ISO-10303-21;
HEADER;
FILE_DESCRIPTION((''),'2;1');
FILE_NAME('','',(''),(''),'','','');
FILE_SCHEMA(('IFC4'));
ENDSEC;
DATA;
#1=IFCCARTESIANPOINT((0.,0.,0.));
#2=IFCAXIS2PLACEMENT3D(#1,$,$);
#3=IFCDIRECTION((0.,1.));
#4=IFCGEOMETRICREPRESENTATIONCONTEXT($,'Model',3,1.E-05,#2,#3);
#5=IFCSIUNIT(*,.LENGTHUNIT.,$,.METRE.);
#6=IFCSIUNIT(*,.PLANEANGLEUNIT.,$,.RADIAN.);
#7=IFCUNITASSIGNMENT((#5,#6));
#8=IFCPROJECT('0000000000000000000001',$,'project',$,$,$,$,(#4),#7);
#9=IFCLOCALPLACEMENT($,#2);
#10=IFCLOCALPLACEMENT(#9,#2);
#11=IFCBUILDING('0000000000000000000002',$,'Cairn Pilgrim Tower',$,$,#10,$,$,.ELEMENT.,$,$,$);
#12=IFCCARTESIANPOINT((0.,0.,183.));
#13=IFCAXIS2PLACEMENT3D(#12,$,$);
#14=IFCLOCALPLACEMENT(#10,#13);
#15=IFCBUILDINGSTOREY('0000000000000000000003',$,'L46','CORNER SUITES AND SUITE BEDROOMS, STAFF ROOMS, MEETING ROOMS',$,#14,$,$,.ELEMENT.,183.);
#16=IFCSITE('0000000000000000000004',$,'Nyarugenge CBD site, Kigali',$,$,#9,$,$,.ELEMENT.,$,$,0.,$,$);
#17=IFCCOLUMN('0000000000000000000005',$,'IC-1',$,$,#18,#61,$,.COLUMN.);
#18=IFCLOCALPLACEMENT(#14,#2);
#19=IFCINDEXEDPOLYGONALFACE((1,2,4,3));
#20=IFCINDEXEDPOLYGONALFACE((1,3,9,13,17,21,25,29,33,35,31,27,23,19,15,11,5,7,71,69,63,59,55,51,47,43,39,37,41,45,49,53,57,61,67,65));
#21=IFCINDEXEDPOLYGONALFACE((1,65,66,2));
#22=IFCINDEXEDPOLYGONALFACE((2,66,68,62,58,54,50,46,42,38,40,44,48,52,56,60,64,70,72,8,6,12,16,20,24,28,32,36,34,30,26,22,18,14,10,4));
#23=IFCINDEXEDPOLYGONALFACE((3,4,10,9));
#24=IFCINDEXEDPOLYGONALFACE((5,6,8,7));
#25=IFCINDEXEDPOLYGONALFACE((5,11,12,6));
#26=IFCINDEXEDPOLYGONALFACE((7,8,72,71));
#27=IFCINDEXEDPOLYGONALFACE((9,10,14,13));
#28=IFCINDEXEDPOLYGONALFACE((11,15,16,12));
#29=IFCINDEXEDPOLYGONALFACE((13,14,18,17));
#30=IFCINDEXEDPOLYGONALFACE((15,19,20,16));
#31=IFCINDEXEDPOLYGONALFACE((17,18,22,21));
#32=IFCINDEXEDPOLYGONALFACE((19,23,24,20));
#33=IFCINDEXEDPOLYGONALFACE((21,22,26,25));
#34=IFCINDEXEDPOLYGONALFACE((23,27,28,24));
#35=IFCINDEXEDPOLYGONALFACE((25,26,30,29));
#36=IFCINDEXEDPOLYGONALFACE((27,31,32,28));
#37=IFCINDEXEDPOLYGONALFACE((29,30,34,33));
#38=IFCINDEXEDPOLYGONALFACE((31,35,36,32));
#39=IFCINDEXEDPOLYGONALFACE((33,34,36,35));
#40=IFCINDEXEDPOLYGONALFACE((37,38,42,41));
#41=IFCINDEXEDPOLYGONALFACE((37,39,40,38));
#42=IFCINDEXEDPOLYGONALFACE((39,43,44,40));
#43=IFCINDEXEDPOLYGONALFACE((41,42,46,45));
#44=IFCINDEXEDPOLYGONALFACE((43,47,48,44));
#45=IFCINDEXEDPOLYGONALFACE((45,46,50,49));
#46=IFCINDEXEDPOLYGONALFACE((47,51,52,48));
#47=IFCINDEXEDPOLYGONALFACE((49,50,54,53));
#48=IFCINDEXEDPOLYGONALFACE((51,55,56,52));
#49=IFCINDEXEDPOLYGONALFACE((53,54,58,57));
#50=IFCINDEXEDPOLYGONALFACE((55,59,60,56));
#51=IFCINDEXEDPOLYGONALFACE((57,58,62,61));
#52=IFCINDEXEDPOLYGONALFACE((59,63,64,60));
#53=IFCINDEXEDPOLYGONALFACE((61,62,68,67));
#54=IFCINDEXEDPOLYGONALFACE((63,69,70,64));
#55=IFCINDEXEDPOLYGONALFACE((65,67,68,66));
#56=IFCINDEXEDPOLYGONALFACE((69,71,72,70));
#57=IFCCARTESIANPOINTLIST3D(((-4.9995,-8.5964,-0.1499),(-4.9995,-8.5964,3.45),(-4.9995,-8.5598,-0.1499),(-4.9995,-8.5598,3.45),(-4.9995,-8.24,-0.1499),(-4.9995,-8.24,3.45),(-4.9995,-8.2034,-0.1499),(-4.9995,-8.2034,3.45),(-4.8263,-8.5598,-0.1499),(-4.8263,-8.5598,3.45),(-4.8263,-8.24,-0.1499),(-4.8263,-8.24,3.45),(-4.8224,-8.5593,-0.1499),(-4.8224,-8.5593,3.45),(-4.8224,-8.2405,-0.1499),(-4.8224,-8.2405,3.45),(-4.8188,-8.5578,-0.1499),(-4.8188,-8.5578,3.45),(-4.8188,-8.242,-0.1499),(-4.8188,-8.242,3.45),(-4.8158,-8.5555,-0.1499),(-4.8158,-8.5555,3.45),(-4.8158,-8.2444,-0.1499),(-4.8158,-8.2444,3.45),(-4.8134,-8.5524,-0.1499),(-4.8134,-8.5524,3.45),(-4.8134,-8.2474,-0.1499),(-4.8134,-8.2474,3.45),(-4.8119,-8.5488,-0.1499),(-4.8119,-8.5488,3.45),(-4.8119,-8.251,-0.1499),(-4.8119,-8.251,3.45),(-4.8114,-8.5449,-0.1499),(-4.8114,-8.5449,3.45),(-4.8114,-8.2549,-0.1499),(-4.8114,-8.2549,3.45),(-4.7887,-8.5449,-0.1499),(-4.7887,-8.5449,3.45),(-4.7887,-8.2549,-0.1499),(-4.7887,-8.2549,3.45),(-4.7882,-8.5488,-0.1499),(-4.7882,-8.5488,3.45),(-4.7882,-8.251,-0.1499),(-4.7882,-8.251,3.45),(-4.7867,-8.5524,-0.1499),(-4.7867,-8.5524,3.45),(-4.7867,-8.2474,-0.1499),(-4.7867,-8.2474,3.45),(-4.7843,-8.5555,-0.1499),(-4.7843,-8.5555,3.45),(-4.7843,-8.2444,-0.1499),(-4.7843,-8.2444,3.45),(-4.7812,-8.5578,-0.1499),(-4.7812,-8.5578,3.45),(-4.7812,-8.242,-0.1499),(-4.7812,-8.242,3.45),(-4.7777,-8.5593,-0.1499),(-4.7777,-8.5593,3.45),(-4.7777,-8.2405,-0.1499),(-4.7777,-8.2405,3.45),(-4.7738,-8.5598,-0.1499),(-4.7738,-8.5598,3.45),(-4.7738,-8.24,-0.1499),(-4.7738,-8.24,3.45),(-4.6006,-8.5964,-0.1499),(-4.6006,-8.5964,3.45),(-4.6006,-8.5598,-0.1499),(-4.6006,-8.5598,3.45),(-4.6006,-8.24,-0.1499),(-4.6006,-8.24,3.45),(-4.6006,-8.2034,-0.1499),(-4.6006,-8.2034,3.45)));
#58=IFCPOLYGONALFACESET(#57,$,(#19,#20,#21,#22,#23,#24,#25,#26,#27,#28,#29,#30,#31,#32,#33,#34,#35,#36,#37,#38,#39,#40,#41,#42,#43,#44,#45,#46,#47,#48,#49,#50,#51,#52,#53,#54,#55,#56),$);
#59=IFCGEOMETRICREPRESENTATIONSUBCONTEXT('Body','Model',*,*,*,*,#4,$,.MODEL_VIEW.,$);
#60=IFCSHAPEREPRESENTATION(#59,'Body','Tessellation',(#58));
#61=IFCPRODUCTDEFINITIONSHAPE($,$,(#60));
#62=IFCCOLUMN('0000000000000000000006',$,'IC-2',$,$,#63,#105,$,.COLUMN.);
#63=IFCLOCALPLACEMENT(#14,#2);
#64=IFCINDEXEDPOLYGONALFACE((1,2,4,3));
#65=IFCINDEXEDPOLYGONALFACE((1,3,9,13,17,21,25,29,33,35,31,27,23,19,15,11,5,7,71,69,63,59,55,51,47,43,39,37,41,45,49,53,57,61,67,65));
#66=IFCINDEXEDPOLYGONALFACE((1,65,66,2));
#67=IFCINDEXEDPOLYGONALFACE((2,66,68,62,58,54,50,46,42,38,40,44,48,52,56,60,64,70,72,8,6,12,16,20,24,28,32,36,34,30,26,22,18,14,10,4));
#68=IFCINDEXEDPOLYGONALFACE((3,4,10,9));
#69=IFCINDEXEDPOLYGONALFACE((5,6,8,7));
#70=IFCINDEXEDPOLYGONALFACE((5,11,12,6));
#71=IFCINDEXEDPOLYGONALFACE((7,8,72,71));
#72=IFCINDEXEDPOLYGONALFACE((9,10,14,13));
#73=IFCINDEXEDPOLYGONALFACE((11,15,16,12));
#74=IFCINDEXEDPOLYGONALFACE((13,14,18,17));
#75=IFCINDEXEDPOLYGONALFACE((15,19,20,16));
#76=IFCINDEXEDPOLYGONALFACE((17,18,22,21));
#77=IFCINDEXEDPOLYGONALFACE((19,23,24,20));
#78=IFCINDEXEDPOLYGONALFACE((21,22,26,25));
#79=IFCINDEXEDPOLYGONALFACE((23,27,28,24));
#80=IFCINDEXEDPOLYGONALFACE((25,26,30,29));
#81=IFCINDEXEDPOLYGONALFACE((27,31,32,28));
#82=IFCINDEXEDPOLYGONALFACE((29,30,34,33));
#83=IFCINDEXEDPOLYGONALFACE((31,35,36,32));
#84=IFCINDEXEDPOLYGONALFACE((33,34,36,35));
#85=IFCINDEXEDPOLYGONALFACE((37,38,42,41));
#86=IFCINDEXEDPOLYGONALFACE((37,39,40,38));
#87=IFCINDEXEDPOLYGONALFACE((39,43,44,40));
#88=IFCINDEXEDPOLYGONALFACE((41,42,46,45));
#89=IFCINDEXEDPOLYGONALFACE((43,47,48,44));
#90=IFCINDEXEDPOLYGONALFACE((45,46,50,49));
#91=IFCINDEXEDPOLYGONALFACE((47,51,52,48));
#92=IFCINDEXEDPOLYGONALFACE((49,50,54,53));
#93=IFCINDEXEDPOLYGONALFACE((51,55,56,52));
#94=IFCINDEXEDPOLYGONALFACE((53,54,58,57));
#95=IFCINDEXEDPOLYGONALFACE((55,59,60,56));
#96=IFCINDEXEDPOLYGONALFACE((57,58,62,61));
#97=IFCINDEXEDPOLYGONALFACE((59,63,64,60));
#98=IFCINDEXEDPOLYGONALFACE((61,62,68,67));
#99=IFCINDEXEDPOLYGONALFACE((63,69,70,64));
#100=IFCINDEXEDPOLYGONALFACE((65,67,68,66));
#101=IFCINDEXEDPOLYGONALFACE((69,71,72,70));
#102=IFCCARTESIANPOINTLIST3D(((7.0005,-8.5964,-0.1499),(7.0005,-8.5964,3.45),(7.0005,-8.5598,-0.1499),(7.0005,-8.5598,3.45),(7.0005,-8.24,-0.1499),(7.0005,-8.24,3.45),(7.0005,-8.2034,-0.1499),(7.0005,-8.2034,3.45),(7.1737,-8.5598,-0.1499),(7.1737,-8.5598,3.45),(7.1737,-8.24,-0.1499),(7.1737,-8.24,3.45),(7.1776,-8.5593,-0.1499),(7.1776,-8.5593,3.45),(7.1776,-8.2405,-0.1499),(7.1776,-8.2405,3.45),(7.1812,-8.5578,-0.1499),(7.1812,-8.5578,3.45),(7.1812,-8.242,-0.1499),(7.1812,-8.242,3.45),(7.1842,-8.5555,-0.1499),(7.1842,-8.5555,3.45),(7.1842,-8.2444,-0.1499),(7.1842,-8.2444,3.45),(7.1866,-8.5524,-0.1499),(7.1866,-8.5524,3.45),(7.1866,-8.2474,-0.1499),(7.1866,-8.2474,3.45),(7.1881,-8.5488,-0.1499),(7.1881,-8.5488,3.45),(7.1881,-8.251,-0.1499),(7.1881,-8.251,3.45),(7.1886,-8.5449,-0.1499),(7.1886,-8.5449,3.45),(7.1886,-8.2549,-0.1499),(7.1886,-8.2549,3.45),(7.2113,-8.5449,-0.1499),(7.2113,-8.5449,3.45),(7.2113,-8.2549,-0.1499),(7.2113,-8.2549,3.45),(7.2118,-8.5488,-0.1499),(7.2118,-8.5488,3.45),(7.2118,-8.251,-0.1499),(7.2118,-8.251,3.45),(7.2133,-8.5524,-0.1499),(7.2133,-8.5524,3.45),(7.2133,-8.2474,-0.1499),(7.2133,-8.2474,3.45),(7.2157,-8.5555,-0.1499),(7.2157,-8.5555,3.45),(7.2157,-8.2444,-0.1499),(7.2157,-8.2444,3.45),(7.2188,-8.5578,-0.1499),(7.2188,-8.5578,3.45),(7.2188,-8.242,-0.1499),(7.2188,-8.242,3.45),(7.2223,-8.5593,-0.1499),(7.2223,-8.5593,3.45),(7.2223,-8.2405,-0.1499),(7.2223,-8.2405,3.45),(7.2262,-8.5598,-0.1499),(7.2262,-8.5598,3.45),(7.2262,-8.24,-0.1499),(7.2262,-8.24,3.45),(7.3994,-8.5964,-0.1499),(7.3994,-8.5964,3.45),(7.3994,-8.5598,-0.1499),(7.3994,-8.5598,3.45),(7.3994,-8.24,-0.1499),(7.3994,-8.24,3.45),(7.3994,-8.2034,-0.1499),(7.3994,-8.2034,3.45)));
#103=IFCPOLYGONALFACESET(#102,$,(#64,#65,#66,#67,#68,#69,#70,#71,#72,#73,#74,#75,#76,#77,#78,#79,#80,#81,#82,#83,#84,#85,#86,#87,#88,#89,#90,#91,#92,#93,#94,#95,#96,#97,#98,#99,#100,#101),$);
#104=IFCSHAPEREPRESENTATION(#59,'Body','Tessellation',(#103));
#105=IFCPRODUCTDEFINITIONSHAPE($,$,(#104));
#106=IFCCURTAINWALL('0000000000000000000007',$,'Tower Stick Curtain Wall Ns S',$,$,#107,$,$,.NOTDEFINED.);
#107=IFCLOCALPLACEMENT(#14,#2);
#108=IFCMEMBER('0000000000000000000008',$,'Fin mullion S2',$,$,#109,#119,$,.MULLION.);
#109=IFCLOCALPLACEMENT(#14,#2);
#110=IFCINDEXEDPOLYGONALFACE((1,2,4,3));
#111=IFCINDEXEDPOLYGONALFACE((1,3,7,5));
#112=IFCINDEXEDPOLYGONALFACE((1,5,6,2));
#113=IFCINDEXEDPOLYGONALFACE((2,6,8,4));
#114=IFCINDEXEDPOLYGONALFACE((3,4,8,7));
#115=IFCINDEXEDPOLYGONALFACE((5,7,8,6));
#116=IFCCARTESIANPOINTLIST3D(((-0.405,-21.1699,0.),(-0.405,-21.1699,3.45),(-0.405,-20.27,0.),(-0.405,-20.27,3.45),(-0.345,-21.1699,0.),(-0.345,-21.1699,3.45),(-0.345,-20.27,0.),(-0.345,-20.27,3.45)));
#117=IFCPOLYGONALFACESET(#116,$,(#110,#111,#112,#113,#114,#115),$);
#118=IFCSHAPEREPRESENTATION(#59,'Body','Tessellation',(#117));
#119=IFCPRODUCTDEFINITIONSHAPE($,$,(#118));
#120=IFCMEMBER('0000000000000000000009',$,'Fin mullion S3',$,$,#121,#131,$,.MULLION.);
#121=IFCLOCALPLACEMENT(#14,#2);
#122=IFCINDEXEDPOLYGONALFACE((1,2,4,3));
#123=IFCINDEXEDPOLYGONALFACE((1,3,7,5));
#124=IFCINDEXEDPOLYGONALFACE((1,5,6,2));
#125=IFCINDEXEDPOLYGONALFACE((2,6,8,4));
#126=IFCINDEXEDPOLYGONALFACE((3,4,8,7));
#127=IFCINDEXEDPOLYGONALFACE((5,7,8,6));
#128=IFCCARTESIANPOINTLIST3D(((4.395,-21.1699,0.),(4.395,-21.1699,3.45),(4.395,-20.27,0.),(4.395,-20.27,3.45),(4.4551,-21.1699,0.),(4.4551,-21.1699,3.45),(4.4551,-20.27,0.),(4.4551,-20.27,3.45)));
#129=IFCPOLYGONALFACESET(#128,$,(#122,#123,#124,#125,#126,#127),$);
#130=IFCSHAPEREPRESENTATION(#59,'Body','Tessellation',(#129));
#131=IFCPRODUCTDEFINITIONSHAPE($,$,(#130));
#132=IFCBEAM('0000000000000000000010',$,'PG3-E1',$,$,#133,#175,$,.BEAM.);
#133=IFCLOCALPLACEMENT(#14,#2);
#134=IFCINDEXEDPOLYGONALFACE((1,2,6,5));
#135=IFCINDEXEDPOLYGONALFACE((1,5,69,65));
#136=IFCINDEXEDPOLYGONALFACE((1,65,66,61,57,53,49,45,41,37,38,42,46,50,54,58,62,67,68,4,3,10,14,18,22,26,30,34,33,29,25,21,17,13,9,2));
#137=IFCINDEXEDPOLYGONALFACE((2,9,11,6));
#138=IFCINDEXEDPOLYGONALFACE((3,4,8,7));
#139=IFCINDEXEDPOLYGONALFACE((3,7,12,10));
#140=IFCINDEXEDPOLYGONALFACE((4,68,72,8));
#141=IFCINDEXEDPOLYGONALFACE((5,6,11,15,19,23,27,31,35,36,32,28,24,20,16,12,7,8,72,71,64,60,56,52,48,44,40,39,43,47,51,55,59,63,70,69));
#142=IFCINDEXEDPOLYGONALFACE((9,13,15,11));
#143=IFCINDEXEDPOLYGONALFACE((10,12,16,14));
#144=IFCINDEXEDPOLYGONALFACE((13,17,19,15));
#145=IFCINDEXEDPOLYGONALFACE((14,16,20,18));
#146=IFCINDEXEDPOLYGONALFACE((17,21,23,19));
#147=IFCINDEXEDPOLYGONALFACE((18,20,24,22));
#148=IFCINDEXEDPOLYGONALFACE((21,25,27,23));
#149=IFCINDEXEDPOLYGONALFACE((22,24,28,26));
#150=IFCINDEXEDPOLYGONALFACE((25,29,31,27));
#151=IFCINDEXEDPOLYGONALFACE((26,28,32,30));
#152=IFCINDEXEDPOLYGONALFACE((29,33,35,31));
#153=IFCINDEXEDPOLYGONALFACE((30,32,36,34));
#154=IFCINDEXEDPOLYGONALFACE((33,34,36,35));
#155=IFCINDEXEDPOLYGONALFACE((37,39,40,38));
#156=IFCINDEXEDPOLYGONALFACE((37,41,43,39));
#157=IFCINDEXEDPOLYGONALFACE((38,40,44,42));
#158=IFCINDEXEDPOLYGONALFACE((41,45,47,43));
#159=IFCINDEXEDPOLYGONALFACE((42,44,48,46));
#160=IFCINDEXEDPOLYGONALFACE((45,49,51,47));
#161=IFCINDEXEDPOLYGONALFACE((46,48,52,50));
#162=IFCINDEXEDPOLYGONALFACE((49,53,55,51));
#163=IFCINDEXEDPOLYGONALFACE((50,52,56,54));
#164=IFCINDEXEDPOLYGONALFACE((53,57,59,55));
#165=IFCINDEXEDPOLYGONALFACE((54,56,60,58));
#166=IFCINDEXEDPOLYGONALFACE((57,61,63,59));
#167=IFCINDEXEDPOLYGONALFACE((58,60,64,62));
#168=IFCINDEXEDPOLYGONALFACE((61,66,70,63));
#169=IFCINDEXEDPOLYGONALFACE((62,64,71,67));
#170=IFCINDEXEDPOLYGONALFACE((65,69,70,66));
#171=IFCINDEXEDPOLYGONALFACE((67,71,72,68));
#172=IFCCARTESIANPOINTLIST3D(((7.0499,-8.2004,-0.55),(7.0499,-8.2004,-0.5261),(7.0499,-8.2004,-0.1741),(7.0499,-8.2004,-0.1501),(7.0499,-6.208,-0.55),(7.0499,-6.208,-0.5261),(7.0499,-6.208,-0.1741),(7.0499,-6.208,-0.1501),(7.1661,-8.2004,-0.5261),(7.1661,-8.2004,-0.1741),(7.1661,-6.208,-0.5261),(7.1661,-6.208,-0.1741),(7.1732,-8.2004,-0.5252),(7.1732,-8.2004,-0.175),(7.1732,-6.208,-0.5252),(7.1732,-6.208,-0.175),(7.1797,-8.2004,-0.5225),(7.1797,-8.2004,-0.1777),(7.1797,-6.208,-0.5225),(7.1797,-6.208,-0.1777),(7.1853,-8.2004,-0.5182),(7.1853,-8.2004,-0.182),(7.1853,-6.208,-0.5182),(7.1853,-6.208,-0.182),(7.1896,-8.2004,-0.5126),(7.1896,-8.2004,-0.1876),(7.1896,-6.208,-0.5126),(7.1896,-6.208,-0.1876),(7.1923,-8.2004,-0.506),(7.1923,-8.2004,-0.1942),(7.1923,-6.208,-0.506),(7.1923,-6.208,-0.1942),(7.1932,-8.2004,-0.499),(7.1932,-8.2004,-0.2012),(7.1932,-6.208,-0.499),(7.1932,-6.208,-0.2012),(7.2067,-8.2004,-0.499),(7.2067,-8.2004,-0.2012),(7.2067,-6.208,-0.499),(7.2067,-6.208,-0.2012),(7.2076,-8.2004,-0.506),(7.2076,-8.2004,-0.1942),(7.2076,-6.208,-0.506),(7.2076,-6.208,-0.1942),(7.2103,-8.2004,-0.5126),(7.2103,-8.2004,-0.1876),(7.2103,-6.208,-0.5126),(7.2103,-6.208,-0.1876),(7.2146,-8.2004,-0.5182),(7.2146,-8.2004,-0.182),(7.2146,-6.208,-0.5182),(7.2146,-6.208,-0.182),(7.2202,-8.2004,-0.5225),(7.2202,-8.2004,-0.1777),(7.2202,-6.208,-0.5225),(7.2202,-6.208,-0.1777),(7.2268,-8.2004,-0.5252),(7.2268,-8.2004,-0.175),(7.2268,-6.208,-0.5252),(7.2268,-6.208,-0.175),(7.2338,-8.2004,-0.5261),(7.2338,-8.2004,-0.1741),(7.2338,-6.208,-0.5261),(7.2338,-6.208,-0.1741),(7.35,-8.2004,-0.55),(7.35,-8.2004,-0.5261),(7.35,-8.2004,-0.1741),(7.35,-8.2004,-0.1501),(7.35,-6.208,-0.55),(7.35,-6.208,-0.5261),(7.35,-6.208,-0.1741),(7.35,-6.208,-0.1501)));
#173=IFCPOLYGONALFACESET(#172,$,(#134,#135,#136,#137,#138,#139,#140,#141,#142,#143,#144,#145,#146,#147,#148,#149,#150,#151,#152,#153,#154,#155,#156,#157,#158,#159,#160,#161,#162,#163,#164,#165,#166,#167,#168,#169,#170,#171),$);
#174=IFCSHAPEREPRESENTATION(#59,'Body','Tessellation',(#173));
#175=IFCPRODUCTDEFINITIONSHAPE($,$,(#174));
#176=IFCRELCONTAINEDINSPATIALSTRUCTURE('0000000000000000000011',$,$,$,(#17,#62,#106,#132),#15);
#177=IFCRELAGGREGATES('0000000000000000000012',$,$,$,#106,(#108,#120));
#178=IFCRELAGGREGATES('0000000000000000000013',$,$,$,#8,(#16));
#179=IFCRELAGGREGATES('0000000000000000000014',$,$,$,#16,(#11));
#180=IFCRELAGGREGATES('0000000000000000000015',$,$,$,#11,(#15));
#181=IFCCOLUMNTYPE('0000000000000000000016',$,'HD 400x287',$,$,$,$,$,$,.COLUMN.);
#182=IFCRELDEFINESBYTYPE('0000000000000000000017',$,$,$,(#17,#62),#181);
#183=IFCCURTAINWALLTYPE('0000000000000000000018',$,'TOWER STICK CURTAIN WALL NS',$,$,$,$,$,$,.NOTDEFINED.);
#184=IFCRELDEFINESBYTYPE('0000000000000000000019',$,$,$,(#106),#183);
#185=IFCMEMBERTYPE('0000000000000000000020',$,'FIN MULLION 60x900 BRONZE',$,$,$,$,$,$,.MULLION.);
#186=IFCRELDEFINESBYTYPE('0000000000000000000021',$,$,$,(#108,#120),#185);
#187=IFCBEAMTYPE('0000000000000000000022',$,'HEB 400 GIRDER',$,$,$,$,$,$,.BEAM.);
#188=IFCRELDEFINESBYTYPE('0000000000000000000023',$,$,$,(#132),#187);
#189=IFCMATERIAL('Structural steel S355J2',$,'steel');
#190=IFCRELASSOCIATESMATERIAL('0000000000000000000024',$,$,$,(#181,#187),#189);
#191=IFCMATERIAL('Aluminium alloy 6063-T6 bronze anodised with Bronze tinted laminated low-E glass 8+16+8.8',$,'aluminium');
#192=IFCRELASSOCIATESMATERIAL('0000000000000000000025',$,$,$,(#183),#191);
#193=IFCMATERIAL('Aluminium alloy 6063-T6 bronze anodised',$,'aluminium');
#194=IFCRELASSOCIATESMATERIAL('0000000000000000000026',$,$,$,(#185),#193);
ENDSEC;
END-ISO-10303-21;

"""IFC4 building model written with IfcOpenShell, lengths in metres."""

from ifc_helpers import new_model, si_unit, direction, frame, origin, origin_2d, place, context, subcontext, project, spatial, rectangle, i_section, extrude, material, material_profile, profile_set, type_object, element, aggregate, save


model = new_model("IFC4")

# Units and contexts
model_context = context("Model", 3, precision=1e-05, world=origin(), true_north=direction((0.0, 1.0)))
body_context = subcontext(model_context, "Body", "Model", "MODEL_VIEW")
ifc_project = project(units=[si_unit("LENGTHUNIT", "METRE"), si_unit("PLANEANGLEUNIT", "RADIAN")], contexts=[model_context])

# Site, building, storey
site_placement = place(None, origin())
site = spatial("IfcSite", under=ifc_project, at=site_placement, Name="Nyarugenge CBD site, Kigali", CompositionType="ELEMENT", RefElevation=0.0)
building_placement = place(site_placement, origin())
building = spatial("IfcBuilding", under=site, at=building_placement, Name="Cairn Pilgrim Tower", CompositionType="ELEMENT")
storey_placement = place(building_placement, frame((0.0, 0.0, 183.0)))
storey = spatial("IfcBuildingStorey", under=building, at=storey_placement, Name="L46", Description="CORNER SUITES AND SUITE BEDROOMS, STAFF ROOMS, MEETING ROOMS", CompositionType="ELEMENT", Elevation=183.0)

# Columns
ifc_material_1 = material(Name="Structural steel S355J2", Category="steel")
ifc_material_profile_1 = material_profile(ifc_material_1, i_section(OverallWidth=0.3989, OverallDepth=0.3931, WebThickness=0.0227, FlangeThickness=0.0366, FilletRadius=0.0149, at=origin_2d()), Name="HD 400x287")
ifc_profile_set_1 = profile_set([ifc_material_profile_1], Name="Structural steel S355J2")
column_type_1 = type_object("IfcColumnType", Name="HD 400x287", PredefinedType="COLUMN", material=ifc_profile_set_1)
for number, where, z_axis, x_axis, name in (
    (1, (-4.8, -8.3999, -0.1499), (0.0, 0.0, 1.0), (1.0, 0.0, 0.0), "IC-1"),
    (2, (7.2, -8.3999, -0.1499), (0.0, 0.0, 1.0), (1.0, 0.0, 0.0), "IC-2"),
):
    element("IfcColumn", number, at=place(storey_placement, frame(where, z_axis=z_axis, x_axis=x_axis)), inside=storey, type_object=column_type_1, Name=name, PredefinedType="COLUMN", context=body_context, shape_type="SweptSolid", body=[
        extrude(i_section(OverallWidth=0.3989, OverallDepth=0.3931, WebThickness=0.0227, FlangeThickness=0.0366, FilletRadius=0.0149, at=origin_2d()), origin(), (0.0, 0.0, 1.0), 3.5999),
    ])

# Curtain wall, members
ifc_material_2 = material(Name="Aluminium alloy 6063-T6 bronze anodised with Bronze tinted laminated low-E glass 8+16+8.8", Category="aluminium")
curtain_wall_type = type_object("IfcCurtainWallType", Name="TOWER STICK CURTAIN WALL NS", PredefinedType="NOTDEFINED", material=ifc_material_2)
curtain_wall_placement = place(storey_placement, origin())
curtain_wall = element("IfcCurtainWall", 3, at=curtain_wall_placement, inside=storey, type_object=curtain_wall_type, Name="Tower Stick Curtain Wall Ns S", PredefinedType="NOTDEFINED")
ifc_material_3 = material(Name="Aluminium alloy 6063-T6 bronze anodised", Category="aluminium")
ifc_material_profile_2 = material_profile(ifc_material_3, rectangle(XDim=0.8999, YDim=0.0601, at=origin_2d()), Name="FIN MULLION 60x900 BRONZE")
ifc_profile_set_2 = profile_set([ifc_material_profile_2], Name="Aluminium alloy 6063-T6 bronze anodised")
member_type_1 = type_object("IfcMemberType", Name="FIN MULLION 60x900 BRONZE", PredefinedType="MULLION", material=ifc_profile_set_2)
member_1_placement = place(storey_placement, frame((-0.375, -20.72, 0.0), z_axis=(0.0, 0.0, 1.0), x_axis=(0.0, -1.0, 0.0)))
member_1 = element("IfcMember", 4, at=member_1_placement, type_object=member_type_1, Name="Fin mullion S2", PredefinedType="MULLION", context=body_context, shape_type="SweptSolid", body=[
    extrude(rectangle(XDim=0.8999, YDim=0.0601, at=origin_2d()), origin(), (0.0, 0.0, 1.0), 3.45),
])
member_2_placement = place(storey_placement, frame((4.425, -20.72, 0.0), z_axis=(0.0, 0.0, 1.0), x_axis=(0.0, -1.0, 0.0)))
member_2 = element("IfcMember", 5, at=member_2_placement, type_object=member_type_1, Name="Fin mullion S3", PredefinedType="MULLION", context=body_context, shape_type="SweptSolid", body=[
    extrude(rectangle(XDim=0.8999, YDim=0.0601, at=origin_2d()), origin(), (0.0, 0.0, 1.0), 3.45),
])

# Beam
ifc_material_profile_3 = material_profile(ifc_material_1, i_section(OverallWidth=0.3, OverallDepth=0.3999, WebThickness=0.0134, FlangeThickness=0.0239, FilletRadius=0.0271, at=origin_2d()), Name="HEB 400")
ifc_profile_set_3 = profile_set([ifc_material_profile_3], Name="Structural steel S355J2")
beam_type_1 = type_object("IfcBeamType", Name="HEB 400 GIRDER", PredefinedType="BEAM", material=ifc_profile_set_3)
beam_1_placement = place(storey_placement, frame((7.2, -8.2004, -0.3501), z_axis=(0.0, 1.0, 0.0), x_axis=(-1.0, 0.0, 0.0)))
element("IfcBeam", 6, at=beam_1_placement, inside=storey, type_object=beam_type_1, Name="PG3-E1", PredefinedType="BEAM", context=body_context, shape_type="SweptSolid", body=[
    extrude(i_section(OverallWidth=0.3, OverallDepth=0.3999, WebThickness=0.0134, FlangeThickness=0.0239, FilletRadius=0.0271, at=origin_2d()), origin(), (0.0, 0.0, 1.0), 1.9924),
])

aggregate(curtain_wall, [member_1, member_2])

save(model, "model.ifc")
